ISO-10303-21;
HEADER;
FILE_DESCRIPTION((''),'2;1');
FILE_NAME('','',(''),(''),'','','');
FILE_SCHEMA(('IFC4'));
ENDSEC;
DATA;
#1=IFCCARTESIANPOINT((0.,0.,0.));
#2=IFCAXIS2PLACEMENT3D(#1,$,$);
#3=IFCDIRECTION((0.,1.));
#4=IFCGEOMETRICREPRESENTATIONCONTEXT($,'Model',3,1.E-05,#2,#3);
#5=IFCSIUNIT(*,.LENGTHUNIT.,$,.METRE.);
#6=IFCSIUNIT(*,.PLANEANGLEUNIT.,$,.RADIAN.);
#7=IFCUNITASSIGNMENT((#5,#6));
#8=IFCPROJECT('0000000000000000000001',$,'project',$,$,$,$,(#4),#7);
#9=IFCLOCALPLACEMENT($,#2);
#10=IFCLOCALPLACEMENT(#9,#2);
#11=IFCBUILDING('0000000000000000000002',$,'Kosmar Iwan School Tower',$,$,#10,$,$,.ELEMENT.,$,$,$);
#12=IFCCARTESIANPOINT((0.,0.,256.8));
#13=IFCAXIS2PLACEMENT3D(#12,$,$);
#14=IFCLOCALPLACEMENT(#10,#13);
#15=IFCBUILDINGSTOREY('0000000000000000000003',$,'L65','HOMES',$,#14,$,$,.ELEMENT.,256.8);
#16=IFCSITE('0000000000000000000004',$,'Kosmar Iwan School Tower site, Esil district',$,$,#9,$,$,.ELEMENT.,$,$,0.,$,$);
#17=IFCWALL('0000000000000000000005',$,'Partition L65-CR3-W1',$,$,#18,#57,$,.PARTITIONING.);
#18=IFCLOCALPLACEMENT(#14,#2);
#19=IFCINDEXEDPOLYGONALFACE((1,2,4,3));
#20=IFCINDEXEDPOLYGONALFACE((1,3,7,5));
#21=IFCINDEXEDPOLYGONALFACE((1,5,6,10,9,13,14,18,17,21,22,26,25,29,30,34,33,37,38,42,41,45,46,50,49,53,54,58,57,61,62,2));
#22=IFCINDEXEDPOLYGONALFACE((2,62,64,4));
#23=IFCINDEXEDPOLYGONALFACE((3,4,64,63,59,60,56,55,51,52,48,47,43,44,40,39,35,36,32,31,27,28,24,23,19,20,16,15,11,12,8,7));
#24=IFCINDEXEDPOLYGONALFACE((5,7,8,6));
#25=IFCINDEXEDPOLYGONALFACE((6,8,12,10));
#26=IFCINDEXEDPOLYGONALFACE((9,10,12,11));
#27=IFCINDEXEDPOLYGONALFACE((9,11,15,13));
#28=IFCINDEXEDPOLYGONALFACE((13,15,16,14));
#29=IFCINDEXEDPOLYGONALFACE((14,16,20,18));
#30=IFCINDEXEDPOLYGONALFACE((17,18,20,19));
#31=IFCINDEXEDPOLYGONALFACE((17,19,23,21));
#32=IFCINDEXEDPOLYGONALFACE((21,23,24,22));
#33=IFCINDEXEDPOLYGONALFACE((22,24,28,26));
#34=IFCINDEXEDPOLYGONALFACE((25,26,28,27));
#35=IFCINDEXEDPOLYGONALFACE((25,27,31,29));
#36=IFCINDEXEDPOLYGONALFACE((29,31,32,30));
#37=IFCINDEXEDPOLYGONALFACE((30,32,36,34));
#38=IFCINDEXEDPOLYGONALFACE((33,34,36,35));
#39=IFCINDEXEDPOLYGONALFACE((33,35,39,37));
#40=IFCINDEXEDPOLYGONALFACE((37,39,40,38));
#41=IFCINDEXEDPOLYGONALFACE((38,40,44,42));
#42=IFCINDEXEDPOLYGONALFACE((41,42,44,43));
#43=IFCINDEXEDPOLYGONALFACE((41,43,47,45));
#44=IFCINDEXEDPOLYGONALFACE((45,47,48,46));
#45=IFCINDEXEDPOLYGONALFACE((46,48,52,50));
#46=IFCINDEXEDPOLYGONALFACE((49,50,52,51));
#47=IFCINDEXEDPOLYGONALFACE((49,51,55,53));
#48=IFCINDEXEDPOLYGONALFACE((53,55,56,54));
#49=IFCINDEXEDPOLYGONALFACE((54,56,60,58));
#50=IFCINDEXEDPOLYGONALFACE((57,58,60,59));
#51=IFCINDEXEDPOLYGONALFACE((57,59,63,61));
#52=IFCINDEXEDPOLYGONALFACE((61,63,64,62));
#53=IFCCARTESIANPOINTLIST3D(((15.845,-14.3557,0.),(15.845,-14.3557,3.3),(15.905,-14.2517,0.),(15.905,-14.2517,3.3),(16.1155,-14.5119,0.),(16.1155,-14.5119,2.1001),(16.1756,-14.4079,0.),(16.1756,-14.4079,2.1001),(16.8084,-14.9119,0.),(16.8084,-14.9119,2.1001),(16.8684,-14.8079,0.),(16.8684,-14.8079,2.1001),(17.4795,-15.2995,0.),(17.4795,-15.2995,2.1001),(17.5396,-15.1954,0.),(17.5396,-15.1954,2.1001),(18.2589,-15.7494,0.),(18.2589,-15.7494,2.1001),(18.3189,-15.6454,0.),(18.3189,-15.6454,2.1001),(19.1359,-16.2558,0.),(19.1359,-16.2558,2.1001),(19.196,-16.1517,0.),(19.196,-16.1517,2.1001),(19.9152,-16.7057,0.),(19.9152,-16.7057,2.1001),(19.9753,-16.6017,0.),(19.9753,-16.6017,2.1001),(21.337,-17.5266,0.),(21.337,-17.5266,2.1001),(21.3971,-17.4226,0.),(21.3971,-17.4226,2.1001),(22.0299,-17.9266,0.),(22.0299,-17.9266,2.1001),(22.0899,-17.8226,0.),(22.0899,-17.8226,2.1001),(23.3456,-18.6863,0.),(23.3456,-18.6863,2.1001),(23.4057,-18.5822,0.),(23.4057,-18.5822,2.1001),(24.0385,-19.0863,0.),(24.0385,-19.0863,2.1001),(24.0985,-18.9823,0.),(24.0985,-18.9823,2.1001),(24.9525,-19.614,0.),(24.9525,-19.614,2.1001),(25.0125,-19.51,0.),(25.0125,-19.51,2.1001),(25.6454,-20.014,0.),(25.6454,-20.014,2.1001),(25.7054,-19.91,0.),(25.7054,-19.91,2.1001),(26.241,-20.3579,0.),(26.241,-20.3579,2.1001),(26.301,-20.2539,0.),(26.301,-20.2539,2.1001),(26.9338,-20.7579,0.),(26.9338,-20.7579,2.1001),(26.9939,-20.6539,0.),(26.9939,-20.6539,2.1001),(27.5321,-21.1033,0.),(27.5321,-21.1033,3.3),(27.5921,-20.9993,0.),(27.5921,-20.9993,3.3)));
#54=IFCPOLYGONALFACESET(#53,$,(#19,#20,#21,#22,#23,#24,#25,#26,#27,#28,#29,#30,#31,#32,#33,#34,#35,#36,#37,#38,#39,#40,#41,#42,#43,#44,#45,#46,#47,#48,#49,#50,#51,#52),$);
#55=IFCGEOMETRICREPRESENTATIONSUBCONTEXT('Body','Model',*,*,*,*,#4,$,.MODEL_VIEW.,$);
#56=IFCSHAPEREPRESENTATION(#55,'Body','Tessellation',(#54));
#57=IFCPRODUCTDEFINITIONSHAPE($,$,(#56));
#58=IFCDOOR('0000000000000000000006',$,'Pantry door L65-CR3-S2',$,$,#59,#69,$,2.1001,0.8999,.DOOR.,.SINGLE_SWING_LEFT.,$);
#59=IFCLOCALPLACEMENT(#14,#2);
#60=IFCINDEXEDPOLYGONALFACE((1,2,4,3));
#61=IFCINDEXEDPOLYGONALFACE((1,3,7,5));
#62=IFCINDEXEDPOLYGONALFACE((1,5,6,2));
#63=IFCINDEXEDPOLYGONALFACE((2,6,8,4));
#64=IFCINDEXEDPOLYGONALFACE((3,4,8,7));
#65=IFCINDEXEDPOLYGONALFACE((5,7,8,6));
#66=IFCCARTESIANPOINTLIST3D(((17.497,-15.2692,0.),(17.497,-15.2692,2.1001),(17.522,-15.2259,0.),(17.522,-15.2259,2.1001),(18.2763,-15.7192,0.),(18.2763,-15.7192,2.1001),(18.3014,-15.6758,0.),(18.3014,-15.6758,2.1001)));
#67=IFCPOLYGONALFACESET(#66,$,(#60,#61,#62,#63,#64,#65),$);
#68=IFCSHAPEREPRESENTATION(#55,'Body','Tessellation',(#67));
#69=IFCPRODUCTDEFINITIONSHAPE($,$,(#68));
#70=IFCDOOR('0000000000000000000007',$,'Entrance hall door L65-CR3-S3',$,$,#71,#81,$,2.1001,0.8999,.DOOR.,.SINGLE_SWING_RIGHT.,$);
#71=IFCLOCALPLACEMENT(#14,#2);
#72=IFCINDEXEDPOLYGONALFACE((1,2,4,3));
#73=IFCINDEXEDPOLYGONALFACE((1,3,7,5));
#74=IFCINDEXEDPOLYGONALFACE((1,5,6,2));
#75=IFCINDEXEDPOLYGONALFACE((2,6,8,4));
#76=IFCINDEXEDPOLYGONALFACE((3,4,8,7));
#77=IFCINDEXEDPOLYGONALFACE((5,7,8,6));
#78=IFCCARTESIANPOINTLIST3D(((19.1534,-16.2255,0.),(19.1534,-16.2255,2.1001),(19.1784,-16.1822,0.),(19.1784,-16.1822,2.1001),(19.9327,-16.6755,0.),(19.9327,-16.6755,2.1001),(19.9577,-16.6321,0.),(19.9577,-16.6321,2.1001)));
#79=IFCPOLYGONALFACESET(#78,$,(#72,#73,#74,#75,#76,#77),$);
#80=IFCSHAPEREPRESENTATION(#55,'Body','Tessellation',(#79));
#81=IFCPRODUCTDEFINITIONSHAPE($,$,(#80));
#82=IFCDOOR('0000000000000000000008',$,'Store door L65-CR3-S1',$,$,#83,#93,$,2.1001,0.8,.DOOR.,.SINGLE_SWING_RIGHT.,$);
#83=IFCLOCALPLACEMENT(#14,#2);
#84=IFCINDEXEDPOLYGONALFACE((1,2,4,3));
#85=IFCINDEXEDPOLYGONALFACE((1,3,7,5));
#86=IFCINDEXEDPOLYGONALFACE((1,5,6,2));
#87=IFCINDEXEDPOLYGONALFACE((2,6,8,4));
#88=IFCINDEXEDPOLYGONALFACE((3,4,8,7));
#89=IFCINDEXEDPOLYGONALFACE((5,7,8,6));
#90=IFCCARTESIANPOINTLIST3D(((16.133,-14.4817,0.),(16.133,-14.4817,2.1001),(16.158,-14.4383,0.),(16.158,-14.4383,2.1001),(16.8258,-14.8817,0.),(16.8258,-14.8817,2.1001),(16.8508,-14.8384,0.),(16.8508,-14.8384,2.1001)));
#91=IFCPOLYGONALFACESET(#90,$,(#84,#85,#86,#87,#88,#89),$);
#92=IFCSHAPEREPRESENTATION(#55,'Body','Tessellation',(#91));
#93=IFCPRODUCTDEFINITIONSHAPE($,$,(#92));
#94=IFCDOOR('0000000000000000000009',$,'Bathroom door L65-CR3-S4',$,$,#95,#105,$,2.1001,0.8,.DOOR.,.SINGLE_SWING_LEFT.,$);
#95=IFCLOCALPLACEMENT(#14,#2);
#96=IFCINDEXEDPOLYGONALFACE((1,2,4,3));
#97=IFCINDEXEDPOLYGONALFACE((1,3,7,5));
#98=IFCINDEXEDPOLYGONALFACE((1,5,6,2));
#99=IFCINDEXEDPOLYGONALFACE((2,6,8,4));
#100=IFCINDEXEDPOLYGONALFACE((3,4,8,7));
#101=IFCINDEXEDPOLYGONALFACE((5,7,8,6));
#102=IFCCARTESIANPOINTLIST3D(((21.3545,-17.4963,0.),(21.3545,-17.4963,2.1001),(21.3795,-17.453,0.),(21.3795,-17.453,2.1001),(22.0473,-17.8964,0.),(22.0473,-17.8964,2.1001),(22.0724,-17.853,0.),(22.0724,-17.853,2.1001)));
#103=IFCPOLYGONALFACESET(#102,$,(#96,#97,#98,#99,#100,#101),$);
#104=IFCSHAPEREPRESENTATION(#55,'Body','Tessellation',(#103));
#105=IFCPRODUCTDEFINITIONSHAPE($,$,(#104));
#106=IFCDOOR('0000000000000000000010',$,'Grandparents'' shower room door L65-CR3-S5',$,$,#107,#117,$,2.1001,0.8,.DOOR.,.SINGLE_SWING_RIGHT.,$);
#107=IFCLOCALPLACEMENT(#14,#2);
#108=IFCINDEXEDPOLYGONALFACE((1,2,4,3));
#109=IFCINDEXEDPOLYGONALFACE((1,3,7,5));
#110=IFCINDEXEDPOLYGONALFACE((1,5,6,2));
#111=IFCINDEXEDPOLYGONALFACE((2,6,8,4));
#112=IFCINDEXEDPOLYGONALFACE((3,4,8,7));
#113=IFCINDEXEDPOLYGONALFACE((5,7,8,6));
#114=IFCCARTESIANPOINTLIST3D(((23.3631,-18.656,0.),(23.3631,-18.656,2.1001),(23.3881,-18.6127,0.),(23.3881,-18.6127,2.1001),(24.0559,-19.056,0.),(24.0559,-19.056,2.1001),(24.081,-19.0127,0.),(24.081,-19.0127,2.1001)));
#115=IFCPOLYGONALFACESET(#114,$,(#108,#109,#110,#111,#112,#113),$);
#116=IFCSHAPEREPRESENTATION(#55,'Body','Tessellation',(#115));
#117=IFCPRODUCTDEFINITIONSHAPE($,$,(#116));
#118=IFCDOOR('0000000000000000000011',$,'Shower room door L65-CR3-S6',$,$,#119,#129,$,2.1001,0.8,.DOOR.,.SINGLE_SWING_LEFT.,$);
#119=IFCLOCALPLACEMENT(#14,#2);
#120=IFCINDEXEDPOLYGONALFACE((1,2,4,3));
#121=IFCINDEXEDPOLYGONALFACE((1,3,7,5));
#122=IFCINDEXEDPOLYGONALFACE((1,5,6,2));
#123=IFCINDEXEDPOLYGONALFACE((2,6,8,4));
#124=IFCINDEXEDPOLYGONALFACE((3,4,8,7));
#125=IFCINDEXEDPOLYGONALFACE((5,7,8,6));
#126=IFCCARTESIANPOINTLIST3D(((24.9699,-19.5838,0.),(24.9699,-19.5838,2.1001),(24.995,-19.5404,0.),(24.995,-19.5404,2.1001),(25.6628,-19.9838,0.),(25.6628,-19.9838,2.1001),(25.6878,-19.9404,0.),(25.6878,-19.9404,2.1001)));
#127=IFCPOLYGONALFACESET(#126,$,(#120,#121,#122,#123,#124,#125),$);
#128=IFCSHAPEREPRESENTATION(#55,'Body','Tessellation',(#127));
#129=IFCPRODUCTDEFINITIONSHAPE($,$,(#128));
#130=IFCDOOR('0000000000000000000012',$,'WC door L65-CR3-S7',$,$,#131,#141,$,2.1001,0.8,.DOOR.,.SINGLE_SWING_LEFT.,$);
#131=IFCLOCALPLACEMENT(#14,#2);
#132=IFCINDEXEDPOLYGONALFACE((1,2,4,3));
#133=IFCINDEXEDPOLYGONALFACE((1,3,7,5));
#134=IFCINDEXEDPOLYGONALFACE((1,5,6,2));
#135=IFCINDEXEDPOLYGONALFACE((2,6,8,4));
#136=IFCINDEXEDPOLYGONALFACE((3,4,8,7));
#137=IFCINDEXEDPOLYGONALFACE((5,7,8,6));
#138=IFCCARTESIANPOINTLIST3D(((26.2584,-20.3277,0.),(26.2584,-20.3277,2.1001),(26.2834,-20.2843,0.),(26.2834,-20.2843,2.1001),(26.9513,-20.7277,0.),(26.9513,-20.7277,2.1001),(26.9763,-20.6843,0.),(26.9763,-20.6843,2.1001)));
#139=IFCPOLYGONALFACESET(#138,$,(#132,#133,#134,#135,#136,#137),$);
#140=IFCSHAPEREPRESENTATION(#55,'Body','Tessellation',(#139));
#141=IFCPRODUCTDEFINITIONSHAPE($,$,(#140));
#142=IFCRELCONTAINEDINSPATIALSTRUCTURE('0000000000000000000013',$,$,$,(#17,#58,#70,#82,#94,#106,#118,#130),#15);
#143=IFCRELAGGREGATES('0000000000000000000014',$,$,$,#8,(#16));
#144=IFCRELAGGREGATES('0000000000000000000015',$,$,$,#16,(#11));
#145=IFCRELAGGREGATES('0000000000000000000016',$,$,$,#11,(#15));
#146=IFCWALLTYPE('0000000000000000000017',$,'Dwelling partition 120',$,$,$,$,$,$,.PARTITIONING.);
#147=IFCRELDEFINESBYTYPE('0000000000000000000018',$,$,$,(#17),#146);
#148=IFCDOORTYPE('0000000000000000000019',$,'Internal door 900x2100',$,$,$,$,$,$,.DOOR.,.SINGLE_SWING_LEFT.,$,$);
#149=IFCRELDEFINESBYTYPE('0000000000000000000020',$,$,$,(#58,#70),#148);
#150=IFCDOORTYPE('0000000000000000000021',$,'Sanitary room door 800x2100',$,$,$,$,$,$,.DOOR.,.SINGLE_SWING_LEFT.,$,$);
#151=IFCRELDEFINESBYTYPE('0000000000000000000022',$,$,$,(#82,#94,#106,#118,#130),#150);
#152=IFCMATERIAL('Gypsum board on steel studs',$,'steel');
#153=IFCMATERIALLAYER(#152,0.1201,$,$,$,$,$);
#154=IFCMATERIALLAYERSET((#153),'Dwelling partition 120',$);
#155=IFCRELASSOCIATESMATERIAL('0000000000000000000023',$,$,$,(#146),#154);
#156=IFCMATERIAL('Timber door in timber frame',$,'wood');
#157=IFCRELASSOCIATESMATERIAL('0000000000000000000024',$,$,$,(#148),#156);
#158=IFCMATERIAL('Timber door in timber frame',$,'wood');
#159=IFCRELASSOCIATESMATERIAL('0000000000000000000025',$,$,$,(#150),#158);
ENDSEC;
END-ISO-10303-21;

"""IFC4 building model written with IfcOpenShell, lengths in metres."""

from ifc_helpers import new_model, si_unit, direction, frame, frame_2d, origin, place, context, subcontext, project, spatial, rectangle, extrude, material, layer, layer_set, type_object, element, fill, save


model = new_model("IFC4")

# Units and contexts
model_context = context("Model", 3, precision=1e-05, world=origin(), true_north=direction((0.0, 1.0)))
body_context = subcontext(model_context, "Body", "Model", "MODEL_VIEW")
ifc_project = project(units=[si_unit("LENGTHUNIT", "METRE"), si_unit("PLANEANGLEUNIT", "RADIAN")], contexts=[model_context])

# Site, building, storey
site_placement = place(None, origin())
site = spatial("IfcSite", under=ifc_project, at=site_placement, Name="Kosmar Iwan School Tower site, Esil district", CompositionType="ELEMENT", RefElevation=0.0)
building_placement = place(site_placement, origin())
building = spatial("IfcBuilding", under=site, at=building_placement, Name="Kosmar Iwan School Tower", CompositionType="ELEMENT")
storey_placement = place(building_placement, frame((0.0, 0.0, 256.8)))
storey = spatial("IfcBuildingStorey", under=building, at=storey_placement, Name="L65", Description="HOMES", CompositionType="ELEMENT", Elevation=256.8)

# Wall, openings, doors
ifc_material_1 = material(Name="Gypsum board on steel studs", Category="steel")
ifc_layer = layer(ifc_material_1, 0.1201)
ifc_layer_set = layer_set([ifc_layer], Name="Dwelling partition 120")
wall_type = type_object("IfcWallType", Name="Dwelling partition 120", PredefinedType="PARTITIONING", material=ifc_layer_set)
wall_1_placement = place(storey_placement, frame((15.875, -14.3037, 0.0), z_axis=(0.0, 0.0, 1.0), x_axis=(0.866024, -0.500003, 0.0)))
wall_1 = element("IfcWall", 1, at=wall_1_placement, inside=storey, type_object=wall_type, Name="Partition L65-CR3-W1", PredefinedType="PARTITIONING", context=body_context, shape_type="SweptSolid", body=[
    extrude(rectangle(XDim=13.4951, YDim=0.1201, at=frame_2d((6.7476, 0.0))), origin(), (0.0, 0.0, 1.0), 3.3),
])
opening_1_placement = place(wall_1_placement, frame((0.3125, 0.0, 0.0)))
opening_1 = element("IfcOpeningElement", 2, at=opening_1_placement, cuts=wall_1, PredefinedType="OPENING", context=body_context, shape_type="SweptSolid", body=[
    extrude(rectangle(XDim=0.8, YDim=2.1001, at=frame_2d((0.3999, 1.05))), frame((0.0, 0.072, 0.0), z_axis=(0.0, -1.0, 0.0), x_axis=(1.0, 0.0, 0.0)), (0.0, 0.0, 1.0), 0.144),
])
opening_2_placement = place(wall_1_placement, frame((1.8875, 0.0, 0.0)))
opening_2 = element("IfcOpeningElement", 3, at=opening_2_placement, cuts=wall_1, PredefinedType="OPENING", context=body_context, shape_type="SweptSolid", body=[
    extrude(rectangle(XDim=0.8999, YDim=2.1001, at=frame_2d((0.45, 1.05))), frame((0.0, 0.072, 0.0), z_axis=(0.0, -1.0, 0.0), x_axis=(1.0, 0.0, 0.0)), (0.0, 0.0, 1.0), 0.144),
])
opening_3_placement = place(wall_1_placement, frame((3.8, 0.0, 0.0)))
opening_3 = element("IfcOpeningElement", 4, at=opening_3_placement, cuts=wall_1, PredefinedType="OPENING", context=body_context, shape_type="SweptSolid", body=[
    extrude(rectangle(XDim=0.8999, YDim=2.1001, at=frame_2d((0.45, 1.05))), frame((0.0, 0.072, 0.0), z_axis=(0.0, -1.0, 0.0), x_axis=(1.0, 0.0, 0.0)), (0.0, 0.0, 1.0), 0.144),
])
opening_4_placement = place(wall_1_placement, frame((6.3418, 0.0, 0.0)))
opening_4 = element("IfcOpeningElement", 5, at=opening_4_placement, cuts=wall_1, PredefinedType="OPENING", context=body_context, shape_type="SweptSolid", body=[
    extrude(rectangle(XDim=0.8, YDim=2.1001, at=frame_2d((0.3999, 1.05))), frame((0.0, 0.072, 0.0), z_axis=(0.0, -1.0, 0.0), x_axis=(1.0, 0.0, 0.0)), (0.0, 0.0, 1.0), 0.144),
])
opening_5_placement = place(wall_1_placement, frame((8.6611, 0.0, 0.0)))
opening_5 = element("IfcOpeningElement", 6, at=opening_5_placement, cuts=wall_1, PredefinedType="OPENING", context=body_context, shape_type="SweptSolid", body=[
    extrude(rectangle(XDim=0.8, YDim=2.1001, at=frame_2d((0.3999, 1.05))), frame((0.0, 0.072, 0.0), z_axis=(0.0, -1.0, 0.0), x_axis=(1.0, 0.0, 0.0)), (0.0, 0.0, 1.0), 0.144),
])
opening_6_placement = place(wall_1_placement, frame((10.5166, 0.0, 0.0)))
opening_6 = element("IfcOpeningElement", 7, at=opening_6_placement, cuts=wall_1, PredefinedType="OPENING", context=body_context, shape_type="SweptSolid", body=[
    extrude(rectangle(XDim=0.8, YDim=2.1001, at=frame_2d((0.3999, 1.05))), frame((0.0, 0.072, 0.0), z_axis=(0.0, -1.0, 0.0), x_axis=(1.0, 0.0, 0.0)), (0.0, 0.0, 1.0), 0.144),
])
opening_7_placement = place(wall_1_placement, frame((12.0044, 0.0, 0.0)))
opening_7 = element("IfcOpeningElement", 8, at=opening_7_placement, cuts=wall_1, PredefinedType="OPENING", context=body_context, shape_type="SweptSolid", body=[
    extrude(rectangle(XDim=0.8, YDim=2.1001, at=frame_2d((0.3999, 1.05))), frame((0.0, 0.072, 0.0), z_axis=(0.0, -1.0, 0.0), x_axis=(1.0, 0.0, 0.0)), (0.0, 0.0, 1.0), 0.144),
])
ifc_material_2 = material(Name="Timber door in timber frame", Category="wood")
door_type_1 = type_object("IfcDoorType", Name="Internal door 900x2100", OperationType="SINGLE_SWING_LEFT", PredefinedType="DOOR", material=ifc_material_2)
door_1_placement = place(opening_2_placement, origin())
door_1 = element("IfcDoor", 9, at=door_1_placement, inside=storey, type_object=door_type_1, Name="Pantry door L65-CR3-S2", OperationType="SINGLE_SWING_LEFT", OverallHeight=2.1001, OverallWidth=0.8999, PredefinedType="DOOR", context=body_context, shape_type="SweptSolid", body=[
    extrude(rectangle(XDim=0.8999, YDim=2.1001, at=frame_2d((0.45, 1.05))), frame((0.0, 0.0249, 0.0), z_axis=(0.0, -1.0, 0.0), x_axis=(1.0, 0.0, 0.0)), (0.0, 0.0, 1.0), 0.05),
])
fill(opening_2, door_1)
door_2_placement = place(opening_3_placement, origin())
door_2 = element("IfcDoor", 10, at=door_2_placement, inside=storey, type_object=door_type_1, Name="Entrance hall door L65-CR3-S3", OperationType="SINGLE_SWING_RIGHT", OverallHeight=2.1001, OverallWidth=0.8999, PredefinedType="DOOR", context=body_context, shape_type="SweptSolid", body=[
    extrude(rectangle(XDim=0.8999, YDim=2.1001, at=frame_2d((0.45, 1.05))), frame((0.0, 0.0249, 0.0), z_axis=(0.0, -1.0, 0.0), x_axis=(1.0, 0.0, 0.0)), (0.0, 0.0, 1.0), 0.05),
])
fill(opening_3, door_2)
ifc_material_3 = material(Name="Timber door in timber frame", Category="wood")
door_type_2 = type_object("IfcDoorType", Name="Sanitary room door 800x2100", OperationType="SINGLE_SWING_LEFT", PredefinedType="DOOR", material=ifc_material_3)
door_3_placement = place(opening_1_placement, origin())
door_3 = element("IfcDoor", 11, at=door_3_placement, inside=storey, type_object=door_type_2, Name="Store door L65-CR3-S1", OperationType="SINGLE_SWING_RIGHT", OverallHeight=2.1001, OverallWidth=0.8, PredefinedType="DOOR", context=body_context, shape_type="SweptSolid", body=[
    extrude(rectangle(XDim=0.8, YDim=2.1001, at=frame_2d((0.3999, 1.05))), frame((0.0, 0.0249, 0.0), z_axis=(0.0, -1.0, 0.0), x_axis=(1.0, 0.0, 0.0)), (0.0, 0.0, 1.0), 0.05),
])
fill(opening_1, door_3)
door_4_placement = place(opening_4_placement, origin())
door_4 = element("IfcDoor", 12, at=door_4_placement, inside=storey, type_object=door_type_2, Name="Bathroom door L65-CR3-S4", OperationType="SINGLE_SWING_LEFT", OverallHeight=2.1001, OverallWidth=0.8, PredefinedType="DOOR", context=body_context, shape_type="SweptSolid", body=[
    extrude(rectangle(XDim=0.8, YDim=2.1001, at=frame_2d((0.3999, 1.05))), frame((0.0, 0.0249, 0.0), z_axis=(0.0, -1.0, 0.0), x_axis=(1.0, 0.0, 0.0)), (0.0, 0.0, 1.0), 0.05),
])
fill(opening_4, door_4)
door_5_placement = place(opening_5_placement, origin())
door_5 = element("IfcDoor", 13, at=door_5_placement, inside=storey, type_object=door_type_2, Name="Grandparents' shower room door L65-CR3-S5", OperationType="SINGLE_SWING_RIGHT", OverallHeight=2.1001, OverallWidth=0.8, PredefinedType="DOOR", context=body_context, shape_type="SweptSolid", body=[
    extrude(rectangle(XDim=0.8, YDim=2.1001, at=frame_2d((0.3999, 1.05))), frame((0.0, 0.0249, 0.0), z_axis=(0.0, -1.0, 0.0), x_axis=(1.0, 0.0, 0.0)), (0.0, 0.0, 1.0), 0.05),
])
fill(opening_5, door_5)
door_6_placement = place(opening_6_placement, origin())
door_6 = element("IfcDoor", 14, at=door_6_placement, inside=storey, type_object=door_type_2, Name="Shower room door L65-CR3-S6", OperationType="SINGLE_SWING_LEFT", OverallHeight=2.1001, OverallWidth=0.8, PredefinedType="DOOR", context=body_context, shape_type="SweptSolid", body=[
    extrude(rectangle(XDim=0.8, YDim=2.1001, at=frame_2d((0.3999, 1.05))), frame((0.0, 0.0249, 0.0), z_axis=(0.0, -1.0, 0.0), x_axis=(1.0, 0.0, 0.0)), (0.0, 0.0, 1.0), 0.05),
])
fill(opening_6, door_6)
door_7_placement = place(opening_7_placement, origin())
door_7 = element("IfcDoor", 15, at=door_7_placement, inside=storey, type_object=door_type_2, Name="WC door L65-CR3-S7", OperationType="SINGLE_SWING_LEFT", OverallHeight=2.1001, OverallWidth=0.8, PredefinedType="DOOR", context=body_context, shape_type="SweptSolid", body=[
    extrude(rectangle(XDim=0.8, YDim=2.1001, at=frame_2d((0.3999, 1.05))), frame((0.0, 0.0249, 0.0), z_axis=(0.0, -1.0, 0.0), x_axis=(1.0, 0.0, 0.0)), (0.0, 0.0, 1.0), 0.05),
])
fill(opening_7, door_7)

save(model, "model.ifc")
